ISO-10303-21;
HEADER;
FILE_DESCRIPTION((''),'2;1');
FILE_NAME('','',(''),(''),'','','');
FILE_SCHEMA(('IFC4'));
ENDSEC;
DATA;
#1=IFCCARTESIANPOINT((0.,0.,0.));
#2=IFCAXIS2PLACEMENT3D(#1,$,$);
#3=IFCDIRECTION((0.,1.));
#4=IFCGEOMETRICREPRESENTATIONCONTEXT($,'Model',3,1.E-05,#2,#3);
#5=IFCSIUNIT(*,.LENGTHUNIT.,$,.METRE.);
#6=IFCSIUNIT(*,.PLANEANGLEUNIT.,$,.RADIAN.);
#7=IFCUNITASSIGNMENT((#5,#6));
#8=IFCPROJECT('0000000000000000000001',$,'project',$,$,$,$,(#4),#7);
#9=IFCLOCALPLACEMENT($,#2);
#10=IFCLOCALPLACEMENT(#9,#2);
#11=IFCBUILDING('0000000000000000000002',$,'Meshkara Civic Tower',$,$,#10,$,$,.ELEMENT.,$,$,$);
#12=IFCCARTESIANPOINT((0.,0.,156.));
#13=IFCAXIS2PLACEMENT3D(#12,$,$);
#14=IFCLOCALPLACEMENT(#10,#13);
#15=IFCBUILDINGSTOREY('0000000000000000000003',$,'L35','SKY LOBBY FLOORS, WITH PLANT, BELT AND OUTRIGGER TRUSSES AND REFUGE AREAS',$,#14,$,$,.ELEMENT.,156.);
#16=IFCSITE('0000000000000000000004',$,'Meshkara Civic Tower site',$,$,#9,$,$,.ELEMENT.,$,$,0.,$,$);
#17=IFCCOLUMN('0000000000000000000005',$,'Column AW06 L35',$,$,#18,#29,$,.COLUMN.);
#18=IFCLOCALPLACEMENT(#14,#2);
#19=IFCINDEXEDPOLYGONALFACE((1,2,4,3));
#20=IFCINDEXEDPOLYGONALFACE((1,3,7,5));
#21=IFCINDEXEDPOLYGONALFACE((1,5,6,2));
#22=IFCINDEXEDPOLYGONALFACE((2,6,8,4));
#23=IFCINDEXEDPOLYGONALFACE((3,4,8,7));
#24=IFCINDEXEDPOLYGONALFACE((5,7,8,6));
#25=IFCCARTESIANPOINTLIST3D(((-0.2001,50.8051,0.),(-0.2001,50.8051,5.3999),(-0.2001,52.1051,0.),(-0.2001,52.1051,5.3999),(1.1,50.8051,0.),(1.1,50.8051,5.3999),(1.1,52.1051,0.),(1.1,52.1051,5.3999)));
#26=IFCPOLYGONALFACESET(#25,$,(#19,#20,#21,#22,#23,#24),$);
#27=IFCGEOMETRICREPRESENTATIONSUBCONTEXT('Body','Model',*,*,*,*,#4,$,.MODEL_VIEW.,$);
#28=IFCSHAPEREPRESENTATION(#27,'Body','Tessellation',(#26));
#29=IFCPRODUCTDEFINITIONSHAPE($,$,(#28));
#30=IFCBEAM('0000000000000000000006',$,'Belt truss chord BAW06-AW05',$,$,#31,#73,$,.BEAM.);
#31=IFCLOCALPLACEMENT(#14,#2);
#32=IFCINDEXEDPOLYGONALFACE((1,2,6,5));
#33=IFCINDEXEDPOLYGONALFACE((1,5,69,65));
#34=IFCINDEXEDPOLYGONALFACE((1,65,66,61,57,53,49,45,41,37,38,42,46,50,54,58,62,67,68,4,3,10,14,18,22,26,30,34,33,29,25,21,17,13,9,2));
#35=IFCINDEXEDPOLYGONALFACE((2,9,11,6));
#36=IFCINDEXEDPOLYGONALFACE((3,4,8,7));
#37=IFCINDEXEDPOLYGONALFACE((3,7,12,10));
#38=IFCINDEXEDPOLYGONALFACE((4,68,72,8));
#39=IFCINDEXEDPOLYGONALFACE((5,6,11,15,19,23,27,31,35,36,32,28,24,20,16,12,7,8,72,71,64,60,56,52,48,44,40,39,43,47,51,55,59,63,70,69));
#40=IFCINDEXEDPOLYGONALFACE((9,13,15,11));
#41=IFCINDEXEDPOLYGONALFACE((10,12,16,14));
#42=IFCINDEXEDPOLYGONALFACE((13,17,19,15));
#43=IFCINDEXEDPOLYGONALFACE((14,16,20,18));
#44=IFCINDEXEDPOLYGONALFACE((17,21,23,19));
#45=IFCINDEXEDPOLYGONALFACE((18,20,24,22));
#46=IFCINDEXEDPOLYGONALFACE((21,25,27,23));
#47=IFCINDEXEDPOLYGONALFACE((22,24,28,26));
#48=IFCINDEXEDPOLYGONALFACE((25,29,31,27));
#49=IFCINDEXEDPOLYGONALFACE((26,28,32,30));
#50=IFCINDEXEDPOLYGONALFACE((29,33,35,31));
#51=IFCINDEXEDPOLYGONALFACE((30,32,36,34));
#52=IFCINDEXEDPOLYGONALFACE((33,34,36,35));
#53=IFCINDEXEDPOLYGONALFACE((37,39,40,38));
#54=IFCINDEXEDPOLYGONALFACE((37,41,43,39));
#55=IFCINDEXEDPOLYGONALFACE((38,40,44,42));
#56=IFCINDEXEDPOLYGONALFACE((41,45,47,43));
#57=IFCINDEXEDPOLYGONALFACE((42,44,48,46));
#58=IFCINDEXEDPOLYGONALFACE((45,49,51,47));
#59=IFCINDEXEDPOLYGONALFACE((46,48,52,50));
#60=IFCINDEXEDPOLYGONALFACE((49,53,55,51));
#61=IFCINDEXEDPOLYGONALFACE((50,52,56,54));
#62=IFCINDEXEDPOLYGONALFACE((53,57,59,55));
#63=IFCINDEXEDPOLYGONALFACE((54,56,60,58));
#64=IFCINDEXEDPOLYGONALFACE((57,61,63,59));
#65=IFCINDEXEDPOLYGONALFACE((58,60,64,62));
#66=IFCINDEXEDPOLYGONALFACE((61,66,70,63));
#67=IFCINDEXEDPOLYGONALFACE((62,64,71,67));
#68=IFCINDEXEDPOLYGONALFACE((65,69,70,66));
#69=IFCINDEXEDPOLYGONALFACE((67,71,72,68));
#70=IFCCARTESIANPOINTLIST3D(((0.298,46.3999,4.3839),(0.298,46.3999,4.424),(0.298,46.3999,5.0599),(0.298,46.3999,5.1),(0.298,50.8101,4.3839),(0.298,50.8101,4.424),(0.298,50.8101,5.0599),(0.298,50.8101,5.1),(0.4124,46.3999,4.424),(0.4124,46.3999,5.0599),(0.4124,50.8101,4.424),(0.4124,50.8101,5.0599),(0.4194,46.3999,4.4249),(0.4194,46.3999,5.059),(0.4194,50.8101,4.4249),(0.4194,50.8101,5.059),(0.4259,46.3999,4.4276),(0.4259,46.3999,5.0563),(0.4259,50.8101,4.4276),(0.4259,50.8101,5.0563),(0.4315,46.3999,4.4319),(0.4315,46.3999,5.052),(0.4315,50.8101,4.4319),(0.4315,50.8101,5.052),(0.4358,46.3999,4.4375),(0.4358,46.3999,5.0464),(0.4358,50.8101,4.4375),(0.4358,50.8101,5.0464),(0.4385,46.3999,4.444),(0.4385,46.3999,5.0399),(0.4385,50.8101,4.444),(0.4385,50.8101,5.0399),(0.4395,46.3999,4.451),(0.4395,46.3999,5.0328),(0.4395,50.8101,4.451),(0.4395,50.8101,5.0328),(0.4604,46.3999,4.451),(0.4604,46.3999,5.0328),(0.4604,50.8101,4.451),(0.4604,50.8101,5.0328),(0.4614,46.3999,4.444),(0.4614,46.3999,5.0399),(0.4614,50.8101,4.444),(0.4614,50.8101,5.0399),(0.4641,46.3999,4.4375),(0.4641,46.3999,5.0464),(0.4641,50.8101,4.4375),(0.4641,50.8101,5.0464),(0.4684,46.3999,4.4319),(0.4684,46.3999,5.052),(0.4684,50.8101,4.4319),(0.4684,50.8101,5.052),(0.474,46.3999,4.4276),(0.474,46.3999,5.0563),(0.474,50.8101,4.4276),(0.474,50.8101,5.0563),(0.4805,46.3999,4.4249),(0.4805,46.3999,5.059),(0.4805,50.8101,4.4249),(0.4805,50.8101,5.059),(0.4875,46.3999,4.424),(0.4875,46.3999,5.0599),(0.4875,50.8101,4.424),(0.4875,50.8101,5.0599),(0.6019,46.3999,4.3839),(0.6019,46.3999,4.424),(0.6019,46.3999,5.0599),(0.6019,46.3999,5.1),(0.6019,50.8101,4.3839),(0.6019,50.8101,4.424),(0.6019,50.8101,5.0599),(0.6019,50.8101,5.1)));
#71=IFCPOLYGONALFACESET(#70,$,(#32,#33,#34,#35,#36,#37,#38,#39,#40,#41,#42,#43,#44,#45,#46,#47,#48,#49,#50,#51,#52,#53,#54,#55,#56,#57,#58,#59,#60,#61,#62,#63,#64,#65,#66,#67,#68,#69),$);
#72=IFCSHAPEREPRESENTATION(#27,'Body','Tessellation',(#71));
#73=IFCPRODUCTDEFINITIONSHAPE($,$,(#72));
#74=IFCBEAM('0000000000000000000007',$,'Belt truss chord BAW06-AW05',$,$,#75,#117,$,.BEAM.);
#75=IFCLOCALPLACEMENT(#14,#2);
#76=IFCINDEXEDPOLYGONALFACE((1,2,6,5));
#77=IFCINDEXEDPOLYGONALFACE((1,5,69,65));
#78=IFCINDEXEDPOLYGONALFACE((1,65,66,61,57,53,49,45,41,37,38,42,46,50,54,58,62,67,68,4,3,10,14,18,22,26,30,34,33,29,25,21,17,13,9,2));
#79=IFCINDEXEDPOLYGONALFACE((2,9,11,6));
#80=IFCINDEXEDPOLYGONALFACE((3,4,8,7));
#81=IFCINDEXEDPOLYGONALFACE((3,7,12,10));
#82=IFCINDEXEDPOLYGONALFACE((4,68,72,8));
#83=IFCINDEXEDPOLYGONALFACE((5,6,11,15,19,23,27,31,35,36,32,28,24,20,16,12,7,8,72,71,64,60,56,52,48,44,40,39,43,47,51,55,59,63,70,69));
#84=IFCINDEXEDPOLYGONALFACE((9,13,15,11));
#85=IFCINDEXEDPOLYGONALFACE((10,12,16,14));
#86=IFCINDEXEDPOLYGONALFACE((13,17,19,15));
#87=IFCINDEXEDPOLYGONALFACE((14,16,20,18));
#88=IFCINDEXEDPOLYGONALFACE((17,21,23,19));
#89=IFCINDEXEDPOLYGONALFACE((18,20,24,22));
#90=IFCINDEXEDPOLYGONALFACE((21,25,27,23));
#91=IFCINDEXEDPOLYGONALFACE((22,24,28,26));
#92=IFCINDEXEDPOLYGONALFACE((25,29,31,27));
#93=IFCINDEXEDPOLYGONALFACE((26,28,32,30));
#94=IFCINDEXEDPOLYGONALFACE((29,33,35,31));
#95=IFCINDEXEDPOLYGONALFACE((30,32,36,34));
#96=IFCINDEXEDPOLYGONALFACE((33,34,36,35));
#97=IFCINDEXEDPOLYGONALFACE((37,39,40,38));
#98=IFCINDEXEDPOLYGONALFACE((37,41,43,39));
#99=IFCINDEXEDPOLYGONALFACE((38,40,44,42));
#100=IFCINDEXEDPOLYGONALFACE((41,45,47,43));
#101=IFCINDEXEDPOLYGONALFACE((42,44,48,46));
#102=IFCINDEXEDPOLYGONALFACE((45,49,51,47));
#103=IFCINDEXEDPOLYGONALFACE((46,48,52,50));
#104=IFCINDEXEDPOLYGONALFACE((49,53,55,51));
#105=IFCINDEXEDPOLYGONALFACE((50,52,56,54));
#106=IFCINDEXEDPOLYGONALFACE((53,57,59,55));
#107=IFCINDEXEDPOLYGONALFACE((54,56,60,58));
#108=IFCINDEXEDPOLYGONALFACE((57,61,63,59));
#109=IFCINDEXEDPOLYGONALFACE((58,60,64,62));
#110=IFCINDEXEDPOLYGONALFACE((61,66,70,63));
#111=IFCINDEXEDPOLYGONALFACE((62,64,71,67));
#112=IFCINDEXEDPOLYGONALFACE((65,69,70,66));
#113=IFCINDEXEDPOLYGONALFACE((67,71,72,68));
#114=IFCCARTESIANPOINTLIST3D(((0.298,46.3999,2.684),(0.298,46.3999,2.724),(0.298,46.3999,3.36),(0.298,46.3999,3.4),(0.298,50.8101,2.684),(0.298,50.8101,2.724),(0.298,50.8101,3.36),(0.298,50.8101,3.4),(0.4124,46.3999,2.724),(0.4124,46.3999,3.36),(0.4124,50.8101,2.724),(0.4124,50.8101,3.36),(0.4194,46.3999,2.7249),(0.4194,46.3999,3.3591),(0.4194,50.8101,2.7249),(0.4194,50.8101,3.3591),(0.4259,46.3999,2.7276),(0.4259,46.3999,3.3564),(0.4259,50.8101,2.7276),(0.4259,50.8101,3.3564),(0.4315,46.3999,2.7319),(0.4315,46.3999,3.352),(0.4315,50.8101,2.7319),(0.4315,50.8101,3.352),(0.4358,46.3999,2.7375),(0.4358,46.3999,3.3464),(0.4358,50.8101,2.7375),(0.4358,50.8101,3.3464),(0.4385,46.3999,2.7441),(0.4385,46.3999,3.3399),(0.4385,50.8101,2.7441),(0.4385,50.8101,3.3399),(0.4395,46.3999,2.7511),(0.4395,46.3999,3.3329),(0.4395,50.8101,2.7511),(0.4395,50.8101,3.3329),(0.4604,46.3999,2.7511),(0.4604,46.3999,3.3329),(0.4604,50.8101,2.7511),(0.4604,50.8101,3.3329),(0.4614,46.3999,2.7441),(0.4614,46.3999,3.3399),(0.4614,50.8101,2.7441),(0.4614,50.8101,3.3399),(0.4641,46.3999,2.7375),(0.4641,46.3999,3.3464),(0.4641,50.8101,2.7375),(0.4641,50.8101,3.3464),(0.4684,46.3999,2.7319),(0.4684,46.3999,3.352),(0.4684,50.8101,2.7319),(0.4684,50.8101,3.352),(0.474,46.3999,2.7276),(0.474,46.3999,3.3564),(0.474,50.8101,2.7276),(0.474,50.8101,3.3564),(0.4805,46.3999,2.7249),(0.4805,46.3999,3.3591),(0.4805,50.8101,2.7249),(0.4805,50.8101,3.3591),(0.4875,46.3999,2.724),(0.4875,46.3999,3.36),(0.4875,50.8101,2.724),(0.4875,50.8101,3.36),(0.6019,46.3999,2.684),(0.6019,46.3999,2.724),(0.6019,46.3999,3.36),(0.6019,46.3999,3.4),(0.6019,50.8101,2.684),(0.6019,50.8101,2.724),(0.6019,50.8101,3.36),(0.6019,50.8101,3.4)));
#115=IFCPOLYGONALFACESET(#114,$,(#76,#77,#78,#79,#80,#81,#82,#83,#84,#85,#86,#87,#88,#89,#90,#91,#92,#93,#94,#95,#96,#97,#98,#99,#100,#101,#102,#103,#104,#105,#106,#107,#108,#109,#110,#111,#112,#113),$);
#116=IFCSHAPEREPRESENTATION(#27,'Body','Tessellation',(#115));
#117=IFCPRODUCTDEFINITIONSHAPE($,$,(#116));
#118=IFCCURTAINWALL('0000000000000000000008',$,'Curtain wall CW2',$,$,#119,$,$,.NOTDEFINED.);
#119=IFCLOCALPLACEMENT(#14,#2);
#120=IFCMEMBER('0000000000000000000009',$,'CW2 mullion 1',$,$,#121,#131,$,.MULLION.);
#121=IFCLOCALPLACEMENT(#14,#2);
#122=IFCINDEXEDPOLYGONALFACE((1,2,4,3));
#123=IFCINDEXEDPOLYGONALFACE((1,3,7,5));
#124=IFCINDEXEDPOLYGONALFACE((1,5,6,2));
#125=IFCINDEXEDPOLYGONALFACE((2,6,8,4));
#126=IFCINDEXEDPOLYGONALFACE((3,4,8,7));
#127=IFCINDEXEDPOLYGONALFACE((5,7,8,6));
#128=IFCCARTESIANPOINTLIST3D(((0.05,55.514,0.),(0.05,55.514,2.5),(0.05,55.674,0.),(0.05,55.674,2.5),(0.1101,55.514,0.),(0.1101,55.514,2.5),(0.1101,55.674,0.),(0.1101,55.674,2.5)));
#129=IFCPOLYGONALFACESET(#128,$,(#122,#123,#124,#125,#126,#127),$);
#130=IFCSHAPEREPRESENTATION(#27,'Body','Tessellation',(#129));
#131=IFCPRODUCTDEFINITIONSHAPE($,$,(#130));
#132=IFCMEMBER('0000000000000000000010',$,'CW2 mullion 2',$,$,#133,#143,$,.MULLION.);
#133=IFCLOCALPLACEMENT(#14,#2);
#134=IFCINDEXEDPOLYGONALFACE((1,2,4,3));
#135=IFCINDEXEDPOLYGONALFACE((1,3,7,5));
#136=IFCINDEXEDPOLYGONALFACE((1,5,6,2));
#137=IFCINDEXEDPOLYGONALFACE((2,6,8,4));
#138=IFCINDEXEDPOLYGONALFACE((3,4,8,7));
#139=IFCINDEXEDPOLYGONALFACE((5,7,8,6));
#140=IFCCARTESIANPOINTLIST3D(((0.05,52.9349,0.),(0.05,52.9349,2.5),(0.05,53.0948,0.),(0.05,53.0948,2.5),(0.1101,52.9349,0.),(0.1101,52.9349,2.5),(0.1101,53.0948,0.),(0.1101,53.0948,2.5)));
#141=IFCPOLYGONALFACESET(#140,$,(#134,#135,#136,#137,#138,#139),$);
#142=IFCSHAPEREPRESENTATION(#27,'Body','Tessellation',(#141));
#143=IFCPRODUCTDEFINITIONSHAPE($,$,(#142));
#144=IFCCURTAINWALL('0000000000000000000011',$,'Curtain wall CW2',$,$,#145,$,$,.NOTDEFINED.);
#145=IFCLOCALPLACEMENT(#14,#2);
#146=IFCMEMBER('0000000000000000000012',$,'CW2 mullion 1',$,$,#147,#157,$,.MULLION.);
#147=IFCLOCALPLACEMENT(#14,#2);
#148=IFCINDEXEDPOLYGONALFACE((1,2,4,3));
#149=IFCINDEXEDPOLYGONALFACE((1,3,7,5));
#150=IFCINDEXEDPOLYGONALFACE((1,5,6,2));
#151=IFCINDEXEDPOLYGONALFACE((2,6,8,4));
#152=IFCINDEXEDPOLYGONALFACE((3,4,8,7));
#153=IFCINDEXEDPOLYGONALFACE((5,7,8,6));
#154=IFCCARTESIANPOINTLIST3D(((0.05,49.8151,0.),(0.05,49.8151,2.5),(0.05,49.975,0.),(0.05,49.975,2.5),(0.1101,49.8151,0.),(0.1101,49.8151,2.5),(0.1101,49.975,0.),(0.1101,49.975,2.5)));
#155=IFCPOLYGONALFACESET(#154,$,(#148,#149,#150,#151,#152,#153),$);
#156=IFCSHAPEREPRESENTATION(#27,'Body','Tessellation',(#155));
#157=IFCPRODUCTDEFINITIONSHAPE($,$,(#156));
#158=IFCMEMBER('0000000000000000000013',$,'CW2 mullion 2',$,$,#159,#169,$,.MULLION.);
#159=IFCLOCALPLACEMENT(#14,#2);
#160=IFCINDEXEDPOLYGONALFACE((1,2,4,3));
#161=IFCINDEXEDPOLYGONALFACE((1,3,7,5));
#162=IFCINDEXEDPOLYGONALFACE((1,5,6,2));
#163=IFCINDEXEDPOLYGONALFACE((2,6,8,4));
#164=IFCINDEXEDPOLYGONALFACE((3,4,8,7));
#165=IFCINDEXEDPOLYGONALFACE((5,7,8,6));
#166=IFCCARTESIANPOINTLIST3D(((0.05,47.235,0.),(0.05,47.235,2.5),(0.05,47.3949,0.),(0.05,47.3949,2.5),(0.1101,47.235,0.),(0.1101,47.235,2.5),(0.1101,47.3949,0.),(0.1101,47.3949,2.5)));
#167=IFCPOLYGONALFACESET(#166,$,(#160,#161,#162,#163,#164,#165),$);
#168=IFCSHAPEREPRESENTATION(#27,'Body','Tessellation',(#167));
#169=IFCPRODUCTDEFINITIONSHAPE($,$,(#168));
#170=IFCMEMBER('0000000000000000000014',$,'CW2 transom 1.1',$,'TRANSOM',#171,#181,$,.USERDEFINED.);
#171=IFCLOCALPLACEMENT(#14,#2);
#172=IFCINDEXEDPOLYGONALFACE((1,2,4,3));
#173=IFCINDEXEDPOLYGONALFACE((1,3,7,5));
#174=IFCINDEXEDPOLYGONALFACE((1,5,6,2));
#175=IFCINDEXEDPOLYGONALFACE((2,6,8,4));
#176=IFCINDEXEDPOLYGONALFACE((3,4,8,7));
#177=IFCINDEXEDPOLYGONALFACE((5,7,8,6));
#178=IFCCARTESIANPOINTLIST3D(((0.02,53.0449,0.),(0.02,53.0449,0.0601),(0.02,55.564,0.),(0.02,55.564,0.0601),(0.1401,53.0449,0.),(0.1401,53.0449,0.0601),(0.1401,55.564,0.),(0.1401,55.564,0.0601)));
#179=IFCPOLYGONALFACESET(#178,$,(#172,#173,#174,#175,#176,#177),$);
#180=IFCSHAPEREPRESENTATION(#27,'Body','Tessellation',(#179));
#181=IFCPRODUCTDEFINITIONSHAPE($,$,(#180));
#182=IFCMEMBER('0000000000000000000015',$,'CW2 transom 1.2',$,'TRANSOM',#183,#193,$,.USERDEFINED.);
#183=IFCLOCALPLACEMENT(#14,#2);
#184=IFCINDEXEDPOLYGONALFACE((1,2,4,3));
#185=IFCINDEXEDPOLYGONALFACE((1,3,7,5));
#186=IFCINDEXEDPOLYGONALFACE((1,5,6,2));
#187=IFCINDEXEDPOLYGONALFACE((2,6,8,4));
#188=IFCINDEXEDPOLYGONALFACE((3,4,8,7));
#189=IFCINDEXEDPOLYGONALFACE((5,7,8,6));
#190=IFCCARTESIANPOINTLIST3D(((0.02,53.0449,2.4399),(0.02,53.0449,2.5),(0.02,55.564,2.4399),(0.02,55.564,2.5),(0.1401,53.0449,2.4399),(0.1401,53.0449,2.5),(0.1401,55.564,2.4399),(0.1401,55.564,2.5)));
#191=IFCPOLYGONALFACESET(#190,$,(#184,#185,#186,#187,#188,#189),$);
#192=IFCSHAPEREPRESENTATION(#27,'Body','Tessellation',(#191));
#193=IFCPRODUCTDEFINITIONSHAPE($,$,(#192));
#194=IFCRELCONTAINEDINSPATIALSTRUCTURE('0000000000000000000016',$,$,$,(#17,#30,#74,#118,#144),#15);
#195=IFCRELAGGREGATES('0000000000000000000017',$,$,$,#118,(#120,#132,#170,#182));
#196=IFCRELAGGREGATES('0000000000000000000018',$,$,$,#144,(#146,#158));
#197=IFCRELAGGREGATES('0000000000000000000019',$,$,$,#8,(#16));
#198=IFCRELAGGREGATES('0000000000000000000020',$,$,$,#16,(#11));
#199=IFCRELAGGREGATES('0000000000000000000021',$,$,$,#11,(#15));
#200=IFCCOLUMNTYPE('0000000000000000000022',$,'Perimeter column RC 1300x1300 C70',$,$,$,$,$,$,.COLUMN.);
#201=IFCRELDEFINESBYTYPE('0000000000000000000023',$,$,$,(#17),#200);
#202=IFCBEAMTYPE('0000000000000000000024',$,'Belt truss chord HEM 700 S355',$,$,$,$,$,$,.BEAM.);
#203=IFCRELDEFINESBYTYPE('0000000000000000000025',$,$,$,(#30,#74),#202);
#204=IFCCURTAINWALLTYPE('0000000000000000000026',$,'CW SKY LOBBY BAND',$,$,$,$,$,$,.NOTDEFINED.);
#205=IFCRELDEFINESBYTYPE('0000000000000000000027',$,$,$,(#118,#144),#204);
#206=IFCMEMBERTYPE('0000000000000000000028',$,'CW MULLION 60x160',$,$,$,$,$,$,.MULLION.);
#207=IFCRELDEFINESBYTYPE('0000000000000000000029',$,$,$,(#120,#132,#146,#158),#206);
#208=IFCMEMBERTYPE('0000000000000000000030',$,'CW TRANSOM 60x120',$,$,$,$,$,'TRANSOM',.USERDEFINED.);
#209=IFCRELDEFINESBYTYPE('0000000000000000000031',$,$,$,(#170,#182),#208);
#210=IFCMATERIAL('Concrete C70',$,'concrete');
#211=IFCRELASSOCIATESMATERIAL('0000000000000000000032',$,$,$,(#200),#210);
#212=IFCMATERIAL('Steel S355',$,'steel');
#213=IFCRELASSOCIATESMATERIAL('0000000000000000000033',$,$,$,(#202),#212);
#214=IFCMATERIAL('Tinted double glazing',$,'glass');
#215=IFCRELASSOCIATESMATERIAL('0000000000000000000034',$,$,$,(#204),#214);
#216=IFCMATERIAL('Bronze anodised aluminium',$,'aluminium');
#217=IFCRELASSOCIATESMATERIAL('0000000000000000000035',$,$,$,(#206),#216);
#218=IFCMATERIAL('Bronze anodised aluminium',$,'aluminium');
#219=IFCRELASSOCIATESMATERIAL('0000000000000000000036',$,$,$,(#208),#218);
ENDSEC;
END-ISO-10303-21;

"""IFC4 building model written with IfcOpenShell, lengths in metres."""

from ifc_helpers import new_model, si_unit, direction, frame, origin, origin_2d, place, context, subcontext, project, spatial, rectangle, i_section, extrude, material, material_profile, profile_set, type_object, element, aggregate, save


model = new_model("IFC4")

# Units and contexts
model_context = context("Model", 3, precision=1e-05, world=origin(), true_north=direction((0.0, 1.0)))
body_context = subcontext(model_context, "Body", "Model", "MODEL_VIEW")
ifc_project = project(units=[si_unit("LENGTHUNIT", "METRE"), si_unit("PLANEANGLEUNIT", "RADIAN")], contexts=[model_context])

# Site, building, storey
site_placement = place(None, origin())
site = spatial("IfcSite", under=ifc_project, at=site_placement, Name="Meshkara Civic Tower site", CompositionType="ELEMENT", RefElevation=0.0)
building_placement = place(site_placement, origin())
building = spatial("IfcBuilding", under=site, at=building_placement, Name="Meshkara Civic Tower", CompositionType="ELEMENT")
storey_placement = place(building_placement, frame((0.0, 0.0, 156.0)))
storey = spatial("IfcBuildingStorey", under=building, at=storey_placement, Name="L35", Description="SKY LOBBY FLOORS, WITH PLANT, BELT AND OUTRIGGER TRUSSES AND REFUGE AREAS", CompositionType="ELEMENT", Elevation=156.0)

# Column
ifc_material_1 = material(Name="Concrete C70", Category="concrete")
ifc_material_profile_1 = material_profile(ifc_material_1, rectangle(XDim=1.3, YDim=1.3, at=origin_2d()))
ifc_profile_set_1 = profile_set([ifc_material_profile_1], Name="Concrete C70")
column_type = type_object("IfcColumnType", Name="Perimeter column RC 1300x1300 C70", PredefinedType="COLUMN", material=ifc_profile_set_1)
column_placement = place(storey_placement, frame((0.45, 51.4551, 0.0), z_axis=(0.0, 0.0, 1.0), x_axis=(1.0, 0.0, 0.0)))
element("IfcColumn", 1, at=column_placement, inside=storey, type_object=column_type, Name="Column AW06 L35", PredefinedType="COLUMN", context=body_context, shape_type="SweptSolid", body=[
    extrude(rectangle(XDim=1.3, YDim=1.3, at=origin_2d()), origin(), (0.0, 0.0, 1.0), 5.3999),
])

# Beams
ifc_material_2 = material(Name="Steel S355", Category="steel")
ifc_material_profile_2 = material_profile(ifc_material_2, i_section(OverallWidth=0.304, OverallDepth=0.7161, WebThickness=0.021, FlangeThickness=0.04, FilletRadius=0.0271, at=origin_2d()))
ifc_profile_set_2 = profile_set([ifc_material_profile_2], Name="Steel S355")
beam_type = type_object("IfcBeamType", Name="Belt truss chord HEM 700 S355", PredefinedType="BEAM", material=ifc_profile_set_2)
for number, where, z_axis, x_axis, name in (
    (2, (0.45, 50.8101, 4.7419), (0.0, -1.0, 0.0), (1.0, 0.0, 0.0), "Belt truss chord BAW06-AW05"),
    (3, (0.45, 50.8101, 3.042), (0.0, -1.0, 0.0), (1.0, 0.0, 0.0), "Belt truss chord BAW06-AW05"),
):
    element("IfcBeam", number, at=place(storey_placement, frame(where, z_axis=z_axis, x_axis=x_axis)), inside=storey, type_object=beam_type, Name=name, PredefinedType="BEAM", context=body_context, shape_type="SweptSolid", body=[
        extrude(i_section(OverallWidth=0.304, OverallDepth=0.7161, WebThickness=0.021, FlangeThickness=0.04, FilletRadius=0.0271, at=origin_2d()), origin(), (0.0, 0.0, 1.0), 4.4102),
    ])

# Curtain walls, members
ifc_material_3 = material(Name="Tinted double glazing", Category="glass")
curtain_wall_type = type_object("IfcCurtainWallType", Name="CW SKY LOBBY BAND", PredefinedType="NOTDEFINED", material=ifc_material_3)
curtain_wall_1_placement = place(storey_placement, origin())
curtain_wall_1 = element("IfcCurtainWall", 4, at=curtain_wall_1_placement, inside=storey, type_object=curtain_wall_type, Name="Curtain wall CW2", PredefinedType="NOTDEFINED")
ifc_material_4 = material(Name="Bronze anodised aluminium", Category="aluminium")
ifc_material_profile_3 = material_profile(ifc_material_4, rectangle(XDim=0.0601, YDim=0.1599, at=origin_2d()))
ifc_profile_set_3 = profile_set([ifc_material_profile_3], Name="Bronze anodised aluminium")
member_type_1 = type_object("IfcMemberType", Name="CW MULLION 60x160", PredefinedType="MULLION", material=ifc_profile_set_3)
member_1_placement = place(storey_placement, frame((0.0801, 55.594, 0.0), z_axis=(0.0, 0.0, 1.0), x_axis=(1.0, 0.0, 0.0)))
member_1 = element("IfcMember", 5, at=member_1_placement, type_object=member_type_1, Name="CW2 mullion 1", PredefinedType="MULLION", context=body_context, shape_type="SweptSolid", body=[
    extrude(rectangle(XDim=0.0601, YDim=0.1599, at=origin_2d()), origin(), (0.0, 0.0, 1.0), 2.5),
])
member_2_placement = place(storey_placement, frame((0.0801, 53.0149, 0.0), z_axis=(0.0, 0.0, 1.0), x_axis=(1.0, 0.0, 0.0)))
member_2 = element("IfcMember", 6, at=member_2_placement, type_object=member_type_1, Name="CW2 mullion 2", PredefinedType="MULLION", context=body_context, shape_type="SweptSolid", body=[
    extrude(rectangle(XDim=0.0601, YDim=0.1599, at=origin_2d()), origin(), (0.0, 0.0, 1.0), 2.5),
])
curtain_wall_2_placement = place(storey_placement, origin())
curtain_wall_2 = element("IfcCurtainWall", 7, at=curtain_wall_2_placement, inside=storey, type_object=curtain_wall_type, Name="Curtain wall CW2", PredefinedType="NOTDEFINED")
member_3_placement = place(storey_placement, frame((0.0801, 49.895, 0.0), z_axis=(0.0, 0.0, 1.0), x_axis=(1.0, 0.0, 0.0)))
member_3 = element("IfcMember", 8, at=member_3_placement, type_object=member_type_1, Name="CW2 mullion 1", PredefinedType="MULLION", context=body_context, shape_type="SweptSolid", body=[
    extrude(rectangle(XDim=0.0601, YDim=0.1599, at=origin_2d()), origin(), (0.0, 0.0, 1.0), 2.5),
])
member_4_placement = place(storey_placement, frame((0.0801, 47.3149, 0.0), z_axis=(0.0, 0.0, 1.0), x_axis=(1.0, 0.0, 0.0)))
member_4 = element("IfcMember", 9, at=member_4_placement, type_object=member_type_1, Name="CW2 mullion 2", PredefinedType="MULLION", context=body_context, shape_type="SweptSolid", body=[
    extrude(rectangle(XDim=0.0601, YDim=0.1599, at=origin_2d()), origin(), (0.0, 0.0, 1.0), 2.5),
])

# Members
ifc_material_5 = material(Name="Bronze anodised aluminium", Category="aluminium")
ifc_material_profile_4 = material_profile(ifc_material_5, rectangle(XDim=0.1201, YDim=0.0601, at=origin_2d()))
ifc_profile_set_4 = profile_set([ifc_material_profile_4], Name="Bronze anodised aluminium")
member_type_2 = type_object("IfcMemberType", Name="CW TRANSOM 60x120", ElementType="TRANSOM", PredefinedType="USERDEFINED", material=ifc_profile_set_4)
member_5_placement = place(storey_placement, frame((0.0801, 55.564, 0.03), z_axis=(0.0, -1.0, 0.0), x_axis=(1.0, 0.0, 0.0)))
member_5 = element("IfcMember", 10, at=member_5_placement, type_object=member_type_2, Name="CW2 transom 1.1", ObjectType="TRANSOM", PredefinedType="USERDEFINED", context=body_context, shape_type="SweptSolid", body=[
    extrude(rectangle(XDim=0.1201, YDim=0.0601, at=origin_2d()), origin(), (0.0, 0.0, 1.0), 2.519),
])
member_6_placement = place(storey_placement, frame((0.0801, 55.564, 2.47), z_axis=(0.0, -1.0, 0.0), x_axis=(1.0, 0.0, 0.0)))
member_6 = element("IfcMember", 11, at=member_6_placement, type_object=member_type_2, Name="CW2 transom 1.2", ObjectType="TRANSOM", PredefinedType="USERDEFINED", context=body_context, shape_type="SweptSolid", body=[
    extrude(rectangle(XDim=0.1201, YDim=0.0601, at=origin_2d()), origin(), (0.0, 0.0, 1.0), 2.519),
])

aggregate(curtain_wall_1, [member_1, member_2, member_5, member_6])
aggregate(curtain_wall_2, [member_3, member_4])

save(model, "model.ifc")
